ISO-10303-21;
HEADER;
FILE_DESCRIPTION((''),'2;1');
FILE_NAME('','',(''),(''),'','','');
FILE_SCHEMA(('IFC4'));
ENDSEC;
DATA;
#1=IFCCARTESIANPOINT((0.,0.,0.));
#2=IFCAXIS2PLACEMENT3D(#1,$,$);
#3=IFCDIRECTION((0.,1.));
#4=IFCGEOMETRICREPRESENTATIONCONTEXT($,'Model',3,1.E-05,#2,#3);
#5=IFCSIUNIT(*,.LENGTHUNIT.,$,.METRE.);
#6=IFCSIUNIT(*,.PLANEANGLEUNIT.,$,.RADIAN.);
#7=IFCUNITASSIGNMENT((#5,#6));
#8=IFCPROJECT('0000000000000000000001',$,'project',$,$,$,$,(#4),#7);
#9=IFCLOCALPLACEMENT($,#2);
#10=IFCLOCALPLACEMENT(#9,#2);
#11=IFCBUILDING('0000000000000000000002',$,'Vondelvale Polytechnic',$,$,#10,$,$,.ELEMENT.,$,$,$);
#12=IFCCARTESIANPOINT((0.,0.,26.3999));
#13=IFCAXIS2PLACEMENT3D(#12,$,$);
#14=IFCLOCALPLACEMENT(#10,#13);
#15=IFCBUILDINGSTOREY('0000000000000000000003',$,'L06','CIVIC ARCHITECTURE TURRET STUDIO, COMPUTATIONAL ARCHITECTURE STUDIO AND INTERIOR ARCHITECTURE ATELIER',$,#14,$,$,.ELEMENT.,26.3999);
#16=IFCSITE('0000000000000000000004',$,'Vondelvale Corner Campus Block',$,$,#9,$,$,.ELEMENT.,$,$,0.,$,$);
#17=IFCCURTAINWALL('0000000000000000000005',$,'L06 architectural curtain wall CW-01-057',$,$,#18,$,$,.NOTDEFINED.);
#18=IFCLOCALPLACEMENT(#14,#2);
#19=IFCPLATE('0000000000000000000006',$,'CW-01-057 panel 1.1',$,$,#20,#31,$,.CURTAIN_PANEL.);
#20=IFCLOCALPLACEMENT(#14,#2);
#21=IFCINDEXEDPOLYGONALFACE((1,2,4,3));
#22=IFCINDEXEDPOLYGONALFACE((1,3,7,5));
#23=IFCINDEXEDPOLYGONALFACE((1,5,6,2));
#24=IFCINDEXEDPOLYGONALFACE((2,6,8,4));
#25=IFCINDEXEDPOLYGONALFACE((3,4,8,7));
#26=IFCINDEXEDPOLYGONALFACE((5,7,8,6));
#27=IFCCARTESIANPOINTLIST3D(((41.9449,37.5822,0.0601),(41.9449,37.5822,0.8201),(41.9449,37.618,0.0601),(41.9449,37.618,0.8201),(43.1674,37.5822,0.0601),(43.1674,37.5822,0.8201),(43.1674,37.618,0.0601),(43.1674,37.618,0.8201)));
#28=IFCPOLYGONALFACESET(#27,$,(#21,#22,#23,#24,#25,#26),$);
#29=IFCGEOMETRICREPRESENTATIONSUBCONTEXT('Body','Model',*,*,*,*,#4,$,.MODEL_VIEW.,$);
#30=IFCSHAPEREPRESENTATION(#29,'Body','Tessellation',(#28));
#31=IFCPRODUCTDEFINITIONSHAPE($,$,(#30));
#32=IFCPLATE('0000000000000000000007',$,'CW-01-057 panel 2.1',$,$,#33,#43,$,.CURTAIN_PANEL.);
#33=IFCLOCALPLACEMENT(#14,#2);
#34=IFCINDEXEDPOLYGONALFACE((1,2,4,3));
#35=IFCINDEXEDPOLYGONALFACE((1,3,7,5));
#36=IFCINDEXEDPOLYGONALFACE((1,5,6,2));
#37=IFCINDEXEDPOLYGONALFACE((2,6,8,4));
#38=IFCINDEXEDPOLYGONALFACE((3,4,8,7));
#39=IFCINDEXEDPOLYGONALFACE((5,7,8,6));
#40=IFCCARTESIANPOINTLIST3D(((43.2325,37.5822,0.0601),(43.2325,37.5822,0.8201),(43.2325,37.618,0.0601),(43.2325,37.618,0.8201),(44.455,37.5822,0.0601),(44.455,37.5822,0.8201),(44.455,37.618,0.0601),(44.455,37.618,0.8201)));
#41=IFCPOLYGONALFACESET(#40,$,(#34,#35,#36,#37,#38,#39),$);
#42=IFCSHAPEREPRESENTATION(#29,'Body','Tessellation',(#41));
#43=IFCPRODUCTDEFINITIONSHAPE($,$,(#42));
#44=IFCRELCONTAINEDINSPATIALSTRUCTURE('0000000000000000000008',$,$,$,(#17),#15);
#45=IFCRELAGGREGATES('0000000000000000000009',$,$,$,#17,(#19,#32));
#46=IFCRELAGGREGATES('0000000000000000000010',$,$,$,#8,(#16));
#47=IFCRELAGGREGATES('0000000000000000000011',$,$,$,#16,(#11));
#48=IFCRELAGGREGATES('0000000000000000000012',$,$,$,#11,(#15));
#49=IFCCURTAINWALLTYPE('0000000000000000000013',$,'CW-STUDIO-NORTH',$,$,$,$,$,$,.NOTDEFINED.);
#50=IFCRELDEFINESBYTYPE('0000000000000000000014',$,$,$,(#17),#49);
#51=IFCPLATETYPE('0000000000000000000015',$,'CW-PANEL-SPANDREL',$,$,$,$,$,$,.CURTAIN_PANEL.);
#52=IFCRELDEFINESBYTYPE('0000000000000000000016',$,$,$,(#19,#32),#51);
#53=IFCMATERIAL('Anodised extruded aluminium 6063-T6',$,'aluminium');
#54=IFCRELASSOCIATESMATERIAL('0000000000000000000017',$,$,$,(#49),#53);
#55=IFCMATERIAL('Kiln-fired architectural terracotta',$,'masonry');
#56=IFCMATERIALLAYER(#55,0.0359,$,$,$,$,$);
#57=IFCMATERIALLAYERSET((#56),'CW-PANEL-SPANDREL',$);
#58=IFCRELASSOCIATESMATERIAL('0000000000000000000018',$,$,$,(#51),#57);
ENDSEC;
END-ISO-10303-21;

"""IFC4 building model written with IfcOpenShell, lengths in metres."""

from ifc_helpers import new_model, si_unit, direction, frame, origin, origin_2d, place, context, subcontext, project, spatial, rectangle, extrude, material, layer, layer_set, type_object, element, aggregate, save


model = new_model("IFC4")

# Units and contexts
model_context = context("Model", 3, precision=1e-05, world=origin(), true_north=direction((0.0, 1.0)))
body_context = subcontext(model_context, "Body", "Model", "MODEL_VIEW")
ifc_project = project(units=[si_unit("LENGTHUNIT", "METRE"), si_unit("PLANEANGLEUNIT", "RADIAN")], contexts=[model_context])

# Site, building, storey
site_placement = place(None, origin())
site = spatial("IfcSite", under=ifc_project, at=site_placement, Name="Vondelvale Corner Campus Block", CompositionType="ELEMENT", RefElevation=0.0)
building_placement = place(site_placement, origin())
building = spatial("IfcBuilding", under=site, at=building_placement, Name="Vondelvale Polytechnic", CompositionType="ELEMENT")
storey_placement = place(building_placement, frame((0.0, 0.0, 26.3999)))
storey = spatial("IfcBuildingStorey", under=building, at=storey_placement, Name="L06", Description="CIVIC ARCHITECTURE TURRET STUDIO, COMPUTATIONAL ARCHITECTURE STUDIO AND INTERIOR ARCHITECTURE ATELIER", CompositionType="ELEMENT", Elevation=26.3999)

# Curtain wall
ifc_material_1 = material(Name="Anodised extruded aluminium 6063-T6", Category="aluminium")
curtain_wall_type = type_object("IfcCurtainWallType", Name="CW-STUDIO-NORTH", PredefinedType="NOTDEFINED", material=ifc_material_1)
curtain_wall_1_placement = place(storey_placement, origin())
curtain_wall_1 = element("IfcCurtainWall", 1, at=curtain_wall_1_placement, inside=storey, type_object=curtain_wall_type, Name="L06 architectural curtain wall CW-01-057", PredefinedType="NOTDEFINED")

# Plates
ifc_material_2 = material(Name="Kiln-fired architectural terracotta", Category="masonry")
ifc_layer_1 = layer(ifc_material_2, 0.0359)
ifc_layer_set_1 = layer_set([ifc_layer_1], Name="CW-PANEL-SPANDREL")
plate_type_1 = type_object("IfcPlateType", Name="CW-PANEL-SPANDREL", PredefinedType="CURTAIN_PANEL", material=ifc_layer_set_1)
plate_1_placement = place(storey_placement, frame((42.5562, 37.6001, 0.0601), z_axis=(0.0, 0.0, 1.0), x_axis=(1.0, 0.0, 0.0)))
plate_1 = element("IfcPlate", 2, at=plate_1_placement, type_object=plate_type_1, Name="CW-01-057 panel 1.1", PredefinedType="CURTAIN_PANEL", context=body_context, shape_type="SweptSolid", body=[
    extrude(rectangle(XDim=1.2224, YDim=0.0359, at=origin_2d()), origin(), (0.0, 0.0, 1.0), 0.76),
])
plate_2_placement = place(storey_placement, frame((43.8438, 37.6001, 0.0601), z_axis=(0.0, 0.0, 1.0), x_axis=(1.0, 0.0, 0.0)))
plate_2 = element("IfcPlate", 3, at=plate_2_placement, type_object=plate_type_1, Name="CW-01-057 panel 2.1", PredefinedType="CURTAIN_PANEL", context=body_context, shape_type="SweptSolid", body=[
    extrude(rectangle(XDim=1.2224, YDim=0.0359, at=origin_2d()), origin(), (0.0, 0.0, 1.0), 0.76),
])
aggregate(curtain_wall_1, [plate_1, plate_2])

save(model, "model.ifc")
